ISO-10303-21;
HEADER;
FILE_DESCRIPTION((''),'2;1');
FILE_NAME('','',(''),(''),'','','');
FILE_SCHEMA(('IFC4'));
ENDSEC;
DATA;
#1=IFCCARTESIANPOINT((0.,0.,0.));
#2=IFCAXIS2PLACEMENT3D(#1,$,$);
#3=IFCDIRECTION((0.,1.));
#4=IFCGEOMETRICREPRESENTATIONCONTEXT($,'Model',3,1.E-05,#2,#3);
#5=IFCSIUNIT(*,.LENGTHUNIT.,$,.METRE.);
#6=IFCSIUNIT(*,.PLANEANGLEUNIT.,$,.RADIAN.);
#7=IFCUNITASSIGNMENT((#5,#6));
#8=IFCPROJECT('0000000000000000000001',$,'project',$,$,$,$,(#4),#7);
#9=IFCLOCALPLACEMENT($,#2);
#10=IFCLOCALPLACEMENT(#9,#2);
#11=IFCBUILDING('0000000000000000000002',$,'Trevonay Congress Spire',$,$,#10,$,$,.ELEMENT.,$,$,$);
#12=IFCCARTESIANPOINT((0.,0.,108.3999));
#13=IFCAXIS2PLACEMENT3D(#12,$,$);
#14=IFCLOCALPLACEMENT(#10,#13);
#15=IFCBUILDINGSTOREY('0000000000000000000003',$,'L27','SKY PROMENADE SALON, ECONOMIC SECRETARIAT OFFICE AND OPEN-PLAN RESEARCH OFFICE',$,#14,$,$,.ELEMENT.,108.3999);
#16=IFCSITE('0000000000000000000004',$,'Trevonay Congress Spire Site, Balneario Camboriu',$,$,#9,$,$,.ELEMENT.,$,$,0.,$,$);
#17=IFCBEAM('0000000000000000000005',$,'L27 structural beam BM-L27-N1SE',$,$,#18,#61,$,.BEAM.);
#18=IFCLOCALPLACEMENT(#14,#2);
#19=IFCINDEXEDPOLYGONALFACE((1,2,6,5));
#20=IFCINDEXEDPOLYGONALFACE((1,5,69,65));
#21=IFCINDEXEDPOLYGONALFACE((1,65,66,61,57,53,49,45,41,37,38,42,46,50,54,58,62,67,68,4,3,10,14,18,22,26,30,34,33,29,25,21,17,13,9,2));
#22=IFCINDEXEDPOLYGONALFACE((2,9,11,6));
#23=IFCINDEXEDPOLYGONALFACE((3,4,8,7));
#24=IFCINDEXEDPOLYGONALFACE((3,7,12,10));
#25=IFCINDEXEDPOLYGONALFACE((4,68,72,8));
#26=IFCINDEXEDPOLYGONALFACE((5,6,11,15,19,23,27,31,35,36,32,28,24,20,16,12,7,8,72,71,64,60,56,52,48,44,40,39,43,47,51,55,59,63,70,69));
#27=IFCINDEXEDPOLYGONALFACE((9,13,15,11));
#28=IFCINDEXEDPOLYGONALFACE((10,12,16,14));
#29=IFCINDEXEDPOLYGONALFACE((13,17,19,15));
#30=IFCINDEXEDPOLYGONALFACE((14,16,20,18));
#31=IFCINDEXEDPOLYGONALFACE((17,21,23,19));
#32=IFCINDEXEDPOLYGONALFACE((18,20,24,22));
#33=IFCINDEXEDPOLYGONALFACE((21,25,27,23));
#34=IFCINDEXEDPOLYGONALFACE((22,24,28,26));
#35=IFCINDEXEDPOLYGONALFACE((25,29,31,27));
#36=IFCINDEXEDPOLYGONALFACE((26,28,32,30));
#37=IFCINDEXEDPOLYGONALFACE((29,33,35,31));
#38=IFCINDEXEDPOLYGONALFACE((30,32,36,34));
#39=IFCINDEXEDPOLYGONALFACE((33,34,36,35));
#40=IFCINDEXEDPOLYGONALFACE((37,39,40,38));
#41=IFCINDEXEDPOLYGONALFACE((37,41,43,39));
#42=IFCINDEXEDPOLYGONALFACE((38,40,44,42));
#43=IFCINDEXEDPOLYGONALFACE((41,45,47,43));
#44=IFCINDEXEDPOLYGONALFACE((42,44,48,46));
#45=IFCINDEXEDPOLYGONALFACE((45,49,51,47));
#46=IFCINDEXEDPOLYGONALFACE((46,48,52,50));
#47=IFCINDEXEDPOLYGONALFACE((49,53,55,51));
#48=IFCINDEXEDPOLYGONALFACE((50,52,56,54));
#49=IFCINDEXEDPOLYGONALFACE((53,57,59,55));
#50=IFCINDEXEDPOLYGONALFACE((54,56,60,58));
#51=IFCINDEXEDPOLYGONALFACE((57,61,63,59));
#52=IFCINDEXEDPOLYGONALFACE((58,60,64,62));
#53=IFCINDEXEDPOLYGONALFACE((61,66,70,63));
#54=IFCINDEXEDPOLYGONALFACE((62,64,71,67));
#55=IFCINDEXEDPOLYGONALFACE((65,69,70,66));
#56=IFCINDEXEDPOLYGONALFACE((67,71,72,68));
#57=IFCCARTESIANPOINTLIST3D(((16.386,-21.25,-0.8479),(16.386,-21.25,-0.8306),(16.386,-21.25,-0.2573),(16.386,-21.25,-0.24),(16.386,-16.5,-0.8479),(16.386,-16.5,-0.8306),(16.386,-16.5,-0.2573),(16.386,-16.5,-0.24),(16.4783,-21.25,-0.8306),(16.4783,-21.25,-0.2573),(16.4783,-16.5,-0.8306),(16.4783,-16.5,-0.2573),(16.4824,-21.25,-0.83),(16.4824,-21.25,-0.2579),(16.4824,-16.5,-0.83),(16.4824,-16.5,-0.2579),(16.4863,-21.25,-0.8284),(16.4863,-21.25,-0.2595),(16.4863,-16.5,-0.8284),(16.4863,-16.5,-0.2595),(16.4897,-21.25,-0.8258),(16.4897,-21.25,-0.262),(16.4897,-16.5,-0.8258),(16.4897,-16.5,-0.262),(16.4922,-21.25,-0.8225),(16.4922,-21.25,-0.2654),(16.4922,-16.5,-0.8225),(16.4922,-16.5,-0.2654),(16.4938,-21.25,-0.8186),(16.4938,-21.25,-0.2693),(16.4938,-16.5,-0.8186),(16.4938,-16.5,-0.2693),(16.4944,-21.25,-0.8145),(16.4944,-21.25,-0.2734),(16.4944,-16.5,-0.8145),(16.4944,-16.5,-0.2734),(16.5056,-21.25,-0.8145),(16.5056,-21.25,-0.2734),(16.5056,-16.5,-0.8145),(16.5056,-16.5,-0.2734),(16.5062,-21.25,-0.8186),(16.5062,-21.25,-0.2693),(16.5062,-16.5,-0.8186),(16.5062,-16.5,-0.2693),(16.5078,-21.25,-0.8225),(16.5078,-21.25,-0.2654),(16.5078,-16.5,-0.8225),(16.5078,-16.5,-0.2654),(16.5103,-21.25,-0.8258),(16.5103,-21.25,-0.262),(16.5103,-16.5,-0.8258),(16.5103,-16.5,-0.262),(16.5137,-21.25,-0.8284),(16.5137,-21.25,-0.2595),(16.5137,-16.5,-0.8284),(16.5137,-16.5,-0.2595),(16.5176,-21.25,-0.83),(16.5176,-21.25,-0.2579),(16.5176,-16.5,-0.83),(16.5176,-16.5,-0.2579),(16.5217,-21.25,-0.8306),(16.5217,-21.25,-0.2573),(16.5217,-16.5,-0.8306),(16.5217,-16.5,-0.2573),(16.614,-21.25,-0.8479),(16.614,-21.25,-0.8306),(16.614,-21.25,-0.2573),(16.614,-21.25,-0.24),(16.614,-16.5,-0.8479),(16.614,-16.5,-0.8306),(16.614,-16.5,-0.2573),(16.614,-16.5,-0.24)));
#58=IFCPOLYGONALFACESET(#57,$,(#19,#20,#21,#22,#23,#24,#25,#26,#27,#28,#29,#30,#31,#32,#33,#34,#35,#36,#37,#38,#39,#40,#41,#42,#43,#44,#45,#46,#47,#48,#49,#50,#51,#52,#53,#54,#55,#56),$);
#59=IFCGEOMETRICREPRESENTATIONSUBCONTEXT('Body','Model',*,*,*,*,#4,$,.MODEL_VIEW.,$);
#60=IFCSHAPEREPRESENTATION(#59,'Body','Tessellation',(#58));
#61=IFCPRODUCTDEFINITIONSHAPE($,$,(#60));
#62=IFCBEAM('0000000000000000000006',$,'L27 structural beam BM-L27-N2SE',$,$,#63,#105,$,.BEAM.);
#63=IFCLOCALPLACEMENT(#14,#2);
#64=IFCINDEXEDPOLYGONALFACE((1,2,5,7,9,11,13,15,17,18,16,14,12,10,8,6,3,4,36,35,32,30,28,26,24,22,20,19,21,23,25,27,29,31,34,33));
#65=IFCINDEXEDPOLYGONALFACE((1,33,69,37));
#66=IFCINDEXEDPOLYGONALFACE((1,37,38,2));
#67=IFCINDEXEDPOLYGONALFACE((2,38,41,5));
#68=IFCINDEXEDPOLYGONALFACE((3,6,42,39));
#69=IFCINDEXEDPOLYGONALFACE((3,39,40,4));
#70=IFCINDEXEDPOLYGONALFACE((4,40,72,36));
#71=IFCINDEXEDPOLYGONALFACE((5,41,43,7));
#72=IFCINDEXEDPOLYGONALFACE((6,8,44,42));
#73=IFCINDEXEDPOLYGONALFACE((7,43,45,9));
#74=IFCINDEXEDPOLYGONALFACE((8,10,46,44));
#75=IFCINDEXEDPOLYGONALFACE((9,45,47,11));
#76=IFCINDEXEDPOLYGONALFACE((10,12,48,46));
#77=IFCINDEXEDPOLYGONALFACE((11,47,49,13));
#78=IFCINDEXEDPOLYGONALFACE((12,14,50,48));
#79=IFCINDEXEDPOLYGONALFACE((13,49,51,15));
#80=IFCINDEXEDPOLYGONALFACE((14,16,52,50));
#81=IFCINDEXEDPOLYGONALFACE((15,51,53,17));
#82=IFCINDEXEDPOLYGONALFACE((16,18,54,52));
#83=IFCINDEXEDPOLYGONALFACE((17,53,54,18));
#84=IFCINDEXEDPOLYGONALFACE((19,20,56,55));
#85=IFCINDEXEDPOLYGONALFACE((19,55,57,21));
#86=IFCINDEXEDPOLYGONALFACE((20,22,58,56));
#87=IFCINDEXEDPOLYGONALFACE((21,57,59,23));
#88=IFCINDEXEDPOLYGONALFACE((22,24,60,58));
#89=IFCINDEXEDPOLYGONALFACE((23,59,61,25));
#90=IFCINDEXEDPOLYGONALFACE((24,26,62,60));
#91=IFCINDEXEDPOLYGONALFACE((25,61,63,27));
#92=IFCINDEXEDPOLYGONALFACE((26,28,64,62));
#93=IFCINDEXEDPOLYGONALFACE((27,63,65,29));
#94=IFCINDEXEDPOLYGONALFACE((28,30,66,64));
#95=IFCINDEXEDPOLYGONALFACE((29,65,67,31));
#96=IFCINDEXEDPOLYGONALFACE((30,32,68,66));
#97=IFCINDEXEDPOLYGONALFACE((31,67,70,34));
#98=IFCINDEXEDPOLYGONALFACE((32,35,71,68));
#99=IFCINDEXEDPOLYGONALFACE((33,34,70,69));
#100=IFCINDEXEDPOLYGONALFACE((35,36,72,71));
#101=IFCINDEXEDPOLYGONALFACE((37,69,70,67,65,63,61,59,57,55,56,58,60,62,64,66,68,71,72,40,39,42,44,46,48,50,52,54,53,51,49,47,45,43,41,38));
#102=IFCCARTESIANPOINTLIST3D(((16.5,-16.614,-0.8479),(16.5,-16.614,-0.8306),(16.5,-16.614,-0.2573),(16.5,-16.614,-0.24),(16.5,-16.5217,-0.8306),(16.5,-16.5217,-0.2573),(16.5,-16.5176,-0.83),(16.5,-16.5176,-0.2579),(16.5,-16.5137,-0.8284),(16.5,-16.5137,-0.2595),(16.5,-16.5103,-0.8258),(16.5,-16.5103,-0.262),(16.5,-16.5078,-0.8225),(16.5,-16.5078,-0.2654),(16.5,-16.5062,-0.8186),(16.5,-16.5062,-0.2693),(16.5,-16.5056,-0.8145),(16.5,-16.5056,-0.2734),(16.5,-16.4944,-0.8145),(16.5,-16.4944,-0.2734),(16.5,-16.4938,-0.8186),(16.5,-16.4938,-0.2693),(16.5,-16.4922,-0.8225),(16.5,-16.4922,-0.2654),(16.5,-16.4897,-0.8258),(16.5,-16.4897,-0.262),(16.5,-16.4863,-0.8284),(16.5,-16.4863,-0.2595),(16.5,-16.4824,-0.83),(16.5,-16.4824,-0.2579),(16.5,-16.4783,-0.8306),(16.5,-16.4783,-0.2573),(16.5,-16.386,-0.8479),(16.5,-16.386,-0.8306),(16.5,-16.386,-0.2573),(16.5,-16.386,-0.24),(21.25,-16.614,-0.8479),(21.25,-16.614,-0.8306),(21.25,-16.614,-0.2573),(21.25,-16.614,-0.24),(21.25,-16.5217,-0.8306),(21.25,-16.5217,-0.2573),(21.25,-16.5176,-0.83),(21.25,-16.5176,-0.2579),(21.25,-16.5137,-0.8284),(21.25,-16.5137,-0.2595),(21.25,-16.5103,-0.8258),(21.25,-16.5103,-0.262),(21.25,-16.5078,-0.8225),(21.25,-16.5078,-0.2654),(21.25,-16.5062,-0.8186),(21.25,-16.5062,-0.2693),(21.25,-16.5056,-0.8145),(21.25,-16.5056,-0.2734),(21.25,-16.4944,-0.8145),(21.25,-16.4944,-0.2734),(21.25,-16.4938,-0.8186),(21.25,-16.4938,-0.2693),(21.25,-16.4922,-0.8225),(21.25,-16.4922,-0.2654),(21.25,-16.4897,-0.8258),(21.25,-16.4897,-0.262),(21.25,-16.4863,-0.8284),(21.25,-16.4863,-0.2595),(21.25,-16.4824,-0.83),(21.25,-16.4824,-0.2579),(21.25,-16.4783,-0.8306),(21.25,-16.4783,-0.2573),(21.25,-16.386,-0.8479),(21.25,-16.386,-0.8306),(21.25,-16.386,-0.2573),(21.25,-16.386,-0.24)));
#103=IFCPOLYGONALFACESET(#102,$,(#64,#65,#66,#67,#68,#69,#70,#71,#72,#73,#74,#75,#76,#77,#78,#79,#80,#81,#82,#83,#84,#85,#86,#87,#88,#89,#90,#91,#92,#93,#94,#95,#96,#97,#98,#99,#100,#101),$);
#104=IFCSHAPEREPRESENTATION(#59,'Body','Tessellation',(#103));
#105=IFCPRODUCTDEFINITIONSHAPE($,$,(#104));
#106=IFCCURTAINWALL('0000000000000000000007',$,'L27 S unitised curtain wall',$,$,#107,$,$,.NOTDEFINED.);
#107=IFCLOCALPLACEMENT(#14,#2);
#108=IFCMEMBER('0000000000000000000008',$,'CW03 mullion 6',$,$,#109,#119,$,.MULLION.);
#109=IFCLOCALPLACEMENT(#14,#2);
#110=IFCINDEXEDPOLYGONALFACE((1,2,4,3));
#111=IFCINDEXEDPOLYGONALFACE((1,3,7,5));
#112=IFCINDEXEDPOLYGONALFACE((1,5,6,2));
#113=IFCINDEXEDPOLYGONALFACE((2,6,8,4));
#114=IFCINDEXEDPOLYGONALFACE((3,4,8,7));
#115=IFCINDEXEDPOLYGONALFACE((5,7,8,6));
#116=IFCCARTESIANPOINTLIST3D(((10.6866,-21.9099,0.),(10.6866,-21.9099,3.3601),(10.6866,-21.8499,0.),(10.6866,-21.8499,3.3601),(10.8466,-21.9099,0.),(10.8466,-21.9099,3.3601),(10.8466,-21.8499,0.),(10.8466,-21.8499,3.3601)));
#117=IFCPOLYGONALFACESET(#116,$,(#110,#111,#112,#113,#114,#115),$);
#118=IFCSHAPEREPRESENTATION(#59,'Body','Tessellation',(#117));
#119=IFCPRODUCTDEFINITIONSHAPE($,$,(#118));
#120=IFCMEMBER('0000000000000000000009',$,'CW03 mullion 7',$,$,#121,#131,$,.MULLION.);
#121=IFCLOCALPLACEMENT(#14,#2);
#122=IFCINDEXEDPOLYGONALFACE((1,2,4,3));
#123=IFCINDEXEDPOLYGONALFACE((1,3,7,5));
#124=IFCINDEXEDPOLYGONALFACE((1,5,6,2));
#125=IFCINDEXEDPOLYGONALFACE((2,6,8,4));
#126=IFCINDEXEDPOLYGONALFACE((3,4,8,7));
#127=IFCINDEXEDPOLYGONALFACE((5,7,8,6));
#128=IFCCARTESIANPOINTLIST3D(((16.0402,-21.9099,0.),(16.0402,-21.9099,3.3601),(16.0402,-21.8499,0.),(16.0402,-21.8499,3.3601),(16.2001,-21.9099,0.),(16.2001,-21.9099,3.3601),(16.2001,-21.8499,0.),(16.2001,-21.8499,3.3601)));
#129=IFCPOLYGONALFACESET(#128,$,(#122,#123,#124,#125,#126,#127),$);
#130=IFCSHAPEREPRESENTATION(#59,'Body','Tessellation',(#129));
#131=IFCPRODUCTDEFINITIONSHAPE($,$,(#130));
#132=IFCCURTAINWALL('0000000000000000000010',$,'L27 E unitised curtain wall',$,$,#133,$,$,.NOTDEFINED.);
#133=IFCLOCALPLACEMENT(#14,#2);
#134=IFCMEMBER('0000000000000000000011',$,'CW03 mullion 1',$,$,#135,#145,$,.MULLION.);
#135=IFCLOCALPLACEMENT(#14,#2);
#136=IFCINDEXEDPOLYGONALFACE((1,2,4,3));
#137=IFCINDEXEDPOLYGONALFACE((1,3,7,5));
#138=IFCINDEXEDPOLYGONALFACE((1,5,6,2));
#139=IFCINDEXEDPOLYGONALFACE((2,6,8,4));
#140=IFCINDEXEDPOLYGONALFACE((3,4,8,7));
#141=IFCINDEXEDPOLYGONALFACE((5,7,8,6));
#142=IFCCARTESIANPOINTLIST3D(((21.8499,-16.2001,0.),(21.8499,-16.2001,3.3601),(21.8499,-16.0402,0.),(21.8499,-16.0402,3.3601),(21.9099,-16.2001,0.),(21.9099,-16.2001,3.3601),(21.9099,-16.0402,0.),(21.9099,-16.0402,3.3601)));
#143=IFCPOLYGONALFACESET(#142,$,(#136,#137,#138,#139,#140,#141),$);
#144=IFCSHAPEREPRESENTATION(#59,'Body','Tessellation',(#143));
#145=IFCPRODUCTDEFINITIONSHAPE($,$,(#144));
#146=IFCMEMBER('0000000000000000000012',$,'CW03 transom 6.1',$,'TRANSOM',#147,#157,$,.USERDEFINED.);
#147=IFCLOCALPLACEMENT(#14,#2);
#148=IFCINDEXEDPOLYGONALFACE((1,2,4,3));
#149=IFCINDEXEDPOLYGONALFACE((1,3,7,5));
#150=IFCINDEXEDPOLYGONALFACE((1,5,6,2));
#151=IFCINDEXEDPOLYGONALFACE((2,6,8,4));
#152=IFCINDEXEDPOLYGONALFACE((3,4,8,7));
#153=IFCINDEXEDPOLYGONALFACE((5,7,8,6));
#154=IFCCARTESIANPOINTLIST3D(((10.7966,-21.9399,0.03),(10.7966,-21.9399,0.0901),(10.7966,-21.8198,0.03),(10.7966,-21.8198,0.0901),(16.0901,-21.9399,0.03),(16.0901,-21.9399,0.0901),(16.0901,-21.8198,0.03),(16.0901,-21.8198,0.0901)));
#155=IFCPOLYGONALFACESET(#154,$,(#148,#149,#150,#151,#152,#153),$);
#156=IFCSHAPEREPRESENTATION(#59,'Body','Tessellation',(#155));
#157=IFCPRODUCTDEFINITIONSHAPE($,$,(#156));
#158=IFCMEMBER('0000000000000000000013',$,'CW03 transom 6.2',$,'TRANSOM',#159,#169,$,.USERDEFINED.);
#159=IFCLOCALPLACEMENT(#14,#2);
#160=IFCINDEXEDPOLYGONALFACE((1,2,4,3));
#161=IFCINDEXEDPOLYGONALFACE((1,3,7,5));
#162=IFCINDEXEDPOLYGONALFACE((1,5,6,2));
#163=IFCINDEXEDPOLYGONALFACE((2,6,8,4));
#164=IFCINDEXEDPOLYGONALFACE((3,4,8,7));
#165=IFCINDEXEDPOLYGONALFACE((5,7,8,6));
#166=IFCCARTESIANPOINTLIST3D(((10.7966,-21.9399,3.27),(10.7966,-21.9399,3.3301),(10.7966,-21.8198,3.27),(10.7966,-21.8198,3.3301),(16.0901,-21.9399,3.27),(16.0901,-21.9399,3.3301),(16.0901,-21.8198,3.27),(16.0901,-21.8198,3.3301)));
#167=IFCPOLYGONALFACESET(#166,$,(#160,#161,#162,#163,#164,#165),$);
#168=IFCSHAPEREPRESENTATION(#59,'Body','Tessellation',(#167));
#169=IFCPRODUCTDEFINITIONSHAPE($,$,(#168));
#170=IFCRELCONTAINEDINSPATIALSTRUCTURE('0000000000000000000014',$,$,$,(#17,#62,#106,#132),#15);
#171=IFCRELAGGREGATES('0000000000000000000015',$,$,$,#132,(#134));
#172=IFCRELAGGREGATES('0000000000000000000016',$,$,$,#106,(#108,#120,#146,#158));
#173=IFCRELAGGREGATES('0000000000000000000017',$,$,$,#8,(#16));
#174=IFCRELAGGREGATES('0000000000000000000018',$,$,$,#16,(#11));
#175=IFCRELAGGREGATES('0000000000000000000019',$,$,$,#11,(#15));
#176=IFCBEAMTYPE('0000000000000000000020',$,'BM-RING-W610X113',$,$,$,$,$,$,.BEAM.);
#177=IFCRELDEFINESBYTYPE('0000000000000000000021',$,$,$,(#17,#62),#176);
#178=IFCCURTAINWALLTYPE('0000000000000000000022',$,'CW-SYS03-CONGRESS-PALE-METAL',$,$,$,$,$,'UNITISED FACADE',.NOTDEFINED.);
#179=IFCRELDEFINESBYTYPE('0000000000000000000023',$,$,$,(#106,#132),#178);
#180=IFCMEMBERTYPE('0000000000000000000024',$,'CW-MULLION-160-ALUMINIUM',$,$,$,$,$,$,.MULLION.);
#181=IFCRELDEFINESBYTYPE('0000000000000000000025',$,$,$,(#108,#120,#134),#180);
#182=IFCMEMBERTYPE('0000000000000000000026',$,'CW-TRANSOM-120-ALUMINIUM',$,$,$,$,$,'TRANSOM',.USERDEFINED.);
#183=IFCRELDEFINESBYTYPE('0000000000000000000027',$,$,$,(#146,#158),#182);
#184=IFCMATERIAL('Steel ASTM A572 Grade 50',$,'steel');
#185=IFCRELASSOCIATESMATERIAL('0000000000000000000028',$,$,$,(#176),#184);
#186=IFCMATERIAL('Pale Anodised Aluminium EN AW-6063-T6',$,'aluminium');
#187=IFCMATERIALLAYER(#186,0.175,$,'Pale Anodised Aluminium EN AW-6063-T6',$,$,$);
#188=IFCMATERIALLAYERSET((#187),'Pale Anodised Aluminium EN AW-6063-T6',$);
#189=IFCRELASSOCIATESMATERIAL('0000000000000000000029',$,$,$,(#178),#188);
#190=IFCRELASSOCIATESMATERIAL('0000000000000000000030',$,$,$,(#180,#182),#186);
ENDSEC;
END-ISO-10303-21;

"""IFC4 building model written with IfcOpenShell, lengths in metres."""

from ifc_helpers import new_model, si_unit, direction, frame, origin, origin_2d, place, context, subcontext, project, spatial, rectangle, i_section, extrude, material, layer, layer_set, material_profile, profile_set, type_object, element, aggregate, save


model = new_model("IFC4")

# Units and contexts
model_context = context("Model", 3, precision=1e-05, world=origin(), true_north=direction((0.0, 1.0)))
body_context = subcontext(model_context, "Body", "Model", "MODEL_VIEW")
ifc_project = project(units=[si_unit("LENGTHUNIT", "METRE"), si_unit("PLANEANGLEUNIT", "RADIAN")], contexts=[model_context])

# Site, building, storey
site_placement = place(None, origin())
site = spatial("IfcSite", under=ifc_project, at=site_placement, Name="Trevonay Congress Spire Site, Balneario Camboriu", CompositionType="ELEMENT", RefElevation=0.0)
building_placement = place(site_placement, origin())
building = spatial("IfcBuilding", under=site, at=building_placement, Name="Trevonay Congress Spire", CompositionType="ELEMENT")
storey_placement = place(building_placement, frame((0.0, 0.0, 108.3999)))
storey = spatial("IfcBuildingStorey", under=building, at=storey_placement, Name="L27", Description="SKY PROMENADE SALON, ECONOMIC SECRETARIAT OFFICE AND OPEN-PLAN RESEARCH OFFICE", CompositionType="ELEMENT", Elevation=108.3999)

# Shared definitions
ifc_material_1 = material(Name="Steel ASTM A572 Grade 50", Category="steel")

# Beams
ifc_material_profile_1 = material_profile(ifc_material_1, i_section(OverallWidth=0.228, OverallDepth=0.6079, WebThickness=0.0112, FlangeThickness=0.0173, FilletRadius=0.0161, at=origin_2d()), Name="W610x113")
ifc_profile_set_1 = profile_set([ifc_material_profile_1], Name="Steel ASTM A572 Grade 50")
beam_type_1 = type_object("IfcBeamType", Name="BM-RING-W610X113", PredefinedType="BEAM", material=ifc_profile_set_1)
for number, where, z_axis, x_axis, name in (
    (1, (16.5, -21.25, -0.5439), (0.0, 1.0, 0.0), (-1.0, 0.0, 0.0), "L27 structural beam BM-L27-N1SE"),
    (2, (21.25, -16.5, -0.5439), (-1.0, 0.0, 0.0), (0.0, -1.0, 0.0), "L27 structural beam BM-L27-N2SE"),
):
    element("IfcBeam", number, at=place(storey_placement, frame(where, z_axis=z_axis, x_axis=x_axis)), inside=storey, type_object=beam_type_1, Name=name, PredefinedType="BEAM", context=body_context, shape_type="SweptSolid", body=[
        extrude(i_section(OverallWidth=0.228, OverallDepth=0.6079, WebThickness=0.0112, FlangeThickness=0.0173, FilletRadius=0.0161, at=origin_2d()), origin(), (0.0, 0.0, 1.0), 4.75),
    ])

# Curtain wall, members
ifc_material_2 = material(Name="Pale Anodised Aluminium EN AW-6063-T6", Category="aluminium")
ifc_layer_1 = layer(ifc_material_2, 0.175, Name="Pale Anodised Aluminium EN AW-6063-T6")
ifc_layer_set_1 = layer_set([ifc_layer_1], Name="Pale Anodised Aluminium EN AW-6063-T6")
curtain_wall_type = type_object("IfcCurtainWallType", Name="CW-SYS03-CONGRESS-PALE-METAL", ElementType="UNITISED FACADE", PredefinedType="NOTDEFINED", material=ifc_layer_set_1)
curtain_wall_1_placement = place(storey_placement, origin())
curtain_wall_1 = element("IfcCurtainWall", 3, at=curtain_wall_1_placement, inside=storey, type_object=curtain_wall_type, Name="L27 S unitised curtain wall", PredefinedType="NOTDEFINED")
ifc_material_profile_2 = material_profile(ifc_material_2, rectangle(XDim=0.0601, YDim=0.1599, at=origin_2d()), Name="CW-MULLION-160-ALUMINIUM")
ifc_profile_set_2 = profile_set([ifc_material_profile_2], Name="Pale Anodised Aluminium EN AW-6063-T6")
member_type_1 = type_object("IfcMemberType", Name="CW-MULLION-160-ALUMINIUM", PredefinedType="MULLION", material=ifc_profile_set_2)
member_1_placement = place(storey_placement, frame((10.7666, -21.8799, 0.0), z_axis=(0.0, 0.0, 1.0), x_axis=(0.0, 1.0, 0.0)))
member_1 = element("IfcMember", 4, at=member_1_placement, type_object=member_type_1, Name="CW03 mullion 6", PredefinedType="MULLION", context=body_context, shape_type="SweptSolid", body=[
    extrude(rectangle(XDim=0.0601, YDim=0.1599, at=origin_2d()), origin(), (0.0, 0.0, 1.0), 3.3601),
])
member_2_placement = place(storey_placement, frame((16.1201, -21.8799, 0.0), z_axis=(0.0, 0.0, 1.0), x_axis=(0.0, 1.0, 0.0)))
member_2 = element("IfcMember", 5, at=member_2_placement, type_object=member_type_1, Name="CW03 mullion 7", PredefinedType="MULLION", context=body_context, shape_type="SweptSolid", body=[
    extrude(rectangle(XDim=0.0601, YDim=0.1599, at=origin_2d()), origin(), (0.0, 0.0, 1.0), 3.3601),
])

# Curtain wall, member
curtain_wall_2_placement = place(storey_placement, origin())
curtain_wall_2 = element("IfcCurtainWall", 6, at=curtain_wall_2_placement, inside=storey, type_object=curtain_wall_type, Name="L27 E unitised curtain wall", PredefinedType="NOTDEFINED")
member_3_placement = place(storey_placement, frame((21.8799, -16.1201, 0.0), z_axis=(0.0, 0.0, 1.0), x_axis=(-1.0, 0.0, 0.0)))
member_3 = element("IfcMember", 7, at=member_3_placement, type_object=member_type_1, Name="CW03 mullion 1", PredefinedType="MULLION", context=body_context, shape_type="SweptSolid", body=[
    extrude(rectangle(XDim=0.0601, YDim=0.1599, at=origin_2d()), origin(), (0.0, 0.0, 1.0), 3.3601),
])
aggregate(curtain_wall_2, [member_3])

# Members
ifc_material_profile_3 = material_profile(ifc_material_2, rectangle(XDim=0.1201, YDim=0.0601, at=origin_2d()), Name="CW-TRANSOM-120-ALUMINIUM")
ifc_profile_set_3 = profile_set([ifc_material_profile_3], Name="Pale Anodised Aluminium EN AW-6063-T6")
member_type_2 = type_object("IfcMemberType", Name="CW-TRANSOM-120-ALUMINIUM", ElementType="TRANSOM", PredefinedType="USERDEFINED", material=ifc_profile_set_3)
member_4_placement = place(storey_placement, frame((10.7966, -21.8799, 0.0601), z_axis=(1.0, 0.0, 0.0), x_axis=(0.0, 1.0, 0.0)))
member_4 = element("IfcMember", 8, at=member_4_placement, type_object=member_type_2, Name="CW03 transom 6.1", ObjectType="TRANSOM", PredefinedType="USERDEFINED", context=body_context, shape_type="SweptSolid", body=[
    extrude(rectangle(XDim=0.1201, YDim=0.0601, at=origin_2d()), origin(), (0.0, 0.0, 1.0), 5.2935),
])
member_5_placement = place(storey_placement, frame((10.7966, -21.8799, 3.3), z_axis=(1.0, 0.0, 0.0), x_axis=(0.0, 1.0, 0.0)))
member_5 = element("IfcMember", 9, at=member_5_placement, type_object=member_type_2, Name="CW03 transom 6.2", ObjectType="TRANSOM", PredefinedType="USERDEFINED", context=body_context, shape_type="SweptSolid", body=[
    extrude(rectangle(XDim=0.1201, YDim=0.0601, at=origin_2d()), origin(), (0.0, 0.0, 1.0), 5.2935),
])

aggregate(curtain_wall_1, [member_1, member_2, member_4, member_5])

save(model, "model.ifc")
